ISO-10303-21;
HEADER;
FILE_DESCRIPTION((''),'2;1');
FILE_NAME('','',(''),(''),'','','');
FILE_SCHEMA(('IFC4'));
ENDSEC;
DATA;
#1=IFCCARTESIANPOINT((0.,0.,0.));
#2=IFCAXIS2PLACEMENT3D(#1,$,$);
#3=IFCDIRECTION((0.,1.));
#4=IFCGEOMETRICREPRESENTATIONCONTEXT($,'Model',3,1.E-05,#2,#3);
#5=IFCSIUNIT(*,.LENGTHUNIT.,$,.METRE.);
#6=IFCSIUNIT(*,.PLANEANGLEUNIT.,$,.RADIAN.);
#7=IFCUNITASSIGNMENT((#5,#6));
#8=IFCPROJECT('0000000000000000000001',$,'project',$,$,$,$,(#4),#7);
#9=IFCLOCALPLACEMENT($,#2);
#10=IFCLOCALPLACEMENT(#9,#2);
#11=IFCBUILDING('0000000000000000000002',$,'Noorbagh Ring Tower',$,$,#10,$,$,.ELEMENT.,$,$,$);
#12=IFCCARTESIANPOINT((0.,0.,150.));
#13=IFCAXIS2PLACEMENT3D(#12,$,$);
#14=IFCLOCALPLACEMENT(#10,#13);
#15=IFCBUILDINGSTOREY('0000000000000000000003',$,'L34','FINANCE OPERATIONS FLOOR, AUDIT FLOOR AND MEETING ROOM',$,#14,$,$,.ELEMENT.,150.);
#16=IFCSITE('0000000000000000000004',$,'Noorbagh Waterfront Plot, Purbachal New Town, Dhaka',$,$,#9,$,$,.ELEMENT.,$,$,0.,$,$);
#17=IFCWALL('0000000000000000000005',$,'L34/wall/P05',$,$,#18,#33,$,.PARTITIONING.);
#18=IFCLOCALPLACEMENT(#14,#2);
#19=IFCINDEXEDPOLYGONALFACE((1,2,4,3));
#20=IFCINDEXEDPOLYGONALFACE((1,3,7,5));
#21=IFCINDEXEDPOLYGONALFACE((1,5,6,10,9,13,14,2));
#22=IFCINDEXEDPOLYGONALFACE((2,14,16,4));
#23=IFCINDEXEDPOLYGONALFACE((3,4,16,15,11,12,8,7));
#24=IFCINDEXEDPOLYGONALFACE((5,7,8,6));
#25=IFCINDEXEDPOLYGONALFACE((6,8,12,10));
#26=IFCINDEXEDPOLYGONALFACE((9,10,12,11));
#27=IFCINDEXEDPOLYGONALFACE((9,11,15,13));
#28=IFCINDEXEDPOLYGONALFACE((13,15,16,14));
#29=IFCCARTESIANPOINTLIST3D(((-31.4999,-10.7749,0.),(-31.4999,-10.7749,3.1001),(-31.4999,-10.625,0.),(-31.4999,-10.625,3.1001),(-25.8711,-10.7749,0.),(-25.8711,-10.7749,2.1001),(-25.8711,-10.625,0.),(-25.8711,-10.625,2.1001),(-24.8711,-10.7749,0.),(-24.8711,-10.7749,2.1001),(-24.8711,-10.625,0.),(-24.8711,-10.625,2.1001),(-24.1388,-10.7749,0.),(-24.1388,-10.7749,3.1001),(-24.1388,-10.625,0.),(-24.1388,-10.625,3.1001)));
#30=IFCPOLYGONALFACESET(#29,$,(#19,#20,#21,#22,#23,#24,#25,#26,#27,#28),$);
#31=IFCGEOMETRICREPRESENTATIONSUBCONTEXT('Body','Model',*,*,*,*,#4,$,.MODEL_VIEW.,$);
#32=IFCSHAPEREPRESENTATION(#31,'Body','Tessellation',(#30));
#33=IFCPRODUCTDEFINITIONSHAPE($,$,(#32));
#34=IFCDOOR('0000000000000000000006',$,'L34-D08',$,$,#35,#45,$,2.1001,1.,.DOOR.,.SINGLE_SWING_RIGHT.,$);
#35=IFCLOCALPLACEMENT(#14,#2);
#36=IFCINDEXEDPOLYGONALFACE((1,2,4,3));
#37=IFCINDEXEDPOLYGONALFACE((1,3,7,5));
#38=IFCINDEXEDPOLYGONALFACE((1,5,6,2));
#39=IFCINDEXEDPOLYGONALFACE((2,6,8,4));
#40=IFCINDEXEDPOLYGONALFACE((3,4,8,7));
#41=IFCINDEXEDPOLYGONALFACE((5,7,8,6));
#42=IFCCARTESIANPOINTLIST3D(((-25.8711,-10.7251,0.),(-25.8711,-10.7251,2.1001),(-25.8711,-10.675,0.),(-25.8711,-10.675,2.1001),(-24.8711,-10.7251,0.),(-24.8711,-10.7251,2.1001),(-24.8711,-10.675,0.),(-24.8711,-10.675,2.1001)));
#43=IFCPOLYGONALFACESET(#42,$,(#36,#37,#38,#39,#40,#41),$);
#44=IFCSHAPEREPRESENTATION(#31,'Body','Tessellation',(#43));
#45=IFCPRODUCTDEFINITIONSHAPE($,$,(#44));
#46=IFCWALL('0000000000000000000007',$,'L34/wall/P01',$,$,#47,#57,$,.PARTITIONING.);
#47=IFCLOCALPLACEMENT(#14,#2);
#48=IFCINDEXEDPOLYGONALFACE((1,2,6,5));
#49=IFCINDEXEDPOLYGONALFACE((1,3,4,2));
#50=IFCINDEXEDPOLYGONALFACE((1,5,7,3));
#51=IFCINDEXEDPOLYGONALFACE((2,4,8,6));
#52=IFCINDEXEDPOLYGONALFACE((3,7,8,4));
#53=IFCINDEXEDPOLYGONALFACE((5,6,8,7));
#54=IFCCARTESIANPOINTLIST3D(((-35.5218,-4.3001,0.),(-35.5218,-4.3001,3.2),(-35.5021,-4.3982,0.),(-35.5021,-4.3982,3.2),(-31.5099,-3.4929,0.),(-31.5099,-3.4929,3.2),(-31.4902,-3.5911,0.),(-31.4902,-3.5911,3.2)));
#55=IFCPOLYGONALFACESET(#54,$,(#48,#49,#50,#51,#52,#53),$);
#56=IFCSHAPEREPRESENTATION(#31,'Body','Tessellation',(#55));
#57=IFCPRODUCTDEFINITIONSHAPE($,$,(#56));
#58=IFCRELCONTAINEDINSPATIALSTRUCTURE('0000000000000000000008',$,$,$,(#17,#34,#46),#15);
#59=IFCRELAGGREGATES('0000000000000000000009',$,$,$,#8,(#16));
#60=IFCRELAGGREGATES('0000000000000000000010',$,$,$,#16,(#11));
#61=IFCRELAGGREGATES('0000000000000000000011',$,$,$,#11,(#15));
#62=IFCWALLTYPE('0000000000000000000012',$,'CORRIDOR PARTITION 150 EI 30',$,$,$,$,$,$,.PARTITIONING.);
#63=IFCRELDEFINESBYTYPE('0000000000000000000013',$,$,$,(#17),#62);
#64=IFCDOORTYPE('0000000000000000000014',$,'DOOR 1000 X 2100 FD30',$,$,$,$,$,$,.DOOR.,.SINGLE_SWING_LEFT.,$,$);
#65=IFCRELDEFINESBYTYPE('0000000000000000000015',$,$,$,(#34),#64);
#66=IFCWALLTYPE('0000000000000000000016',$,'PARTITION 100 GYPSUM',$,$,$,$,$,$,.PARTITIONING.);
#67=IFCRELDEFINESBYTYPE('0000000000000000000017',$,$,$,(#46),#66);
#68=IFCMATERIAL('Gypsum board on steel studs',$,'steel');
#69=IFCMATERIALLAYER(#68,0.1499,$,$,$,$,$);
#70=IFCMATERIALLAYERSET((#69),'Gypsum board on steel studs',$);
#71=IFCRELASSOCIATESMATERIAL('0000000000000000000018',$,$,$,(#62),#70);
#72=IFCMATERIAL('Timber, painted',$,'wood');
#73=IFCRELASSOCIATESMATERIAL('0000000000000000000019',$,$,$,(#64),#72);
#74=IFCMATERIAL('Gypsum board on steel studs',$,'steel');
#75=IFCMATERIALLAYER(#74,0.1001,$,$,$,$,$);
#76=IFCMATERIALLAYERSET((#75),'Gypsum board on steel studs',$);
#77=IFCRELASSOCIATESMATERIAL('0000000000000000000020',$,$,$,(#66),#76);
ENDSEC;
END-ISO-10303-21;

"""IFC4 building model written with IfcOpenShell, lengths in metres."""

from ifc_helpers import new_model, si_unit, direction, frame, frame_2d, origin, place, context, subcontext, project, spatial, rectangle, extrude, material, layer, layer_set, type_object, element, fill, save


model = new_model("IFC4")

# Units and contexts
model_context = context("Model", 3, precision=1e-05, world=origin(), true_north=direction((0.0, 1.0)))
body_context = subcontext(model_context, "Body", "Model", "MODEL_VIEW")
ifc_project = project(units=[si_unit("LENGTHUNIT", "METRE"), si_unit("PLANEANGLEUNIT", "RADIAN")], contexts=[model_context])

# Site, building, storey
site_placement = place(None, origin())
site = spatial("IfcSite", under=ifc_project, at=site_placement, Name="Noorbagh Waterfront Plot, Purbachal New Town, Dhaka", CompositionType="ELEMENT", RefElevation=0.0)
building_placement = place(site_placement, origin())
building = spatial("IfcBuilding", under=site, at=building_placement, Name="Noorbagh Ring Tower", CompositionType="ELEMENT")
storey_placement = place(building_placement, frame((0.0, 0.0, 150.0)))
storey = spatial("IfcBuildingStorey", under=building, at=storey_placement, Name="L34", Description="FINANCE OPERATIONS FLOOR, AUDIT FLOOR AND MEETING ROOM", CompositionType="ELEMENT", Elevation=150.0)

# Wall, opening, door
ifc_material_1 = material(Name="Gypsum board on steel studs", Category="steel")
ifc_layer_1 = layer(ifc_material_1, 0.1499)
ifc_layer_set_1 = layer_set([ifc_layer_1], Name="Gypsum board on steel studs")
wall_type_1 = type_object("IfcWallType", Name="CORRIDOR PARTITION 150 EI 30", PredefinedType="PARTITIONING", material=ifc_layer_set_1)
ifc_material_2 = material(Name="Timber, painted", Category="wood")
door_type = type_object("IfcDoorType", Name="DOOR 1000 X 2100 FD30", OperationType="SINGLE_SWING_LEFT", PredefinedType="DOOR", material=ifc_material_2)
wall_1_placement = place(storey_placement, frame((-31.5, -10.7, 0.0), z_axis=(0.0, 0.0, 1.0), x_axis=(1.0, 0.0, 0.0)))
wall_1 = element("IfcWall", 1, at=wall_1_placement, inside=storey, type_object=wall_type_1, Name="L34/wall/P05", PredefinedType="PARTITIONING", context=body_context, shape_type="SweptSolid", body=[
    extrude(rectangle(XDim=7.3611, YDim=0.1499, at=frame_2d((3.6807, 0.0))), origin(), (0.0, 0.0, 1.0), 3.1001),
])
opening_1_placement = place(wall_1_placement, frame((5.6289, 0.0, 0.0)))
opening_1 = element("IfcOpeningElement", 2, at=opening_1_placement, cuts=wall_1, PredefinedType="OPENING", context=body_context, shape_type="SweptSolid", body=[
    extrude(rectangle(XDim=1.0, YDim=2.1001, at=frame_2d((0.5, 1.05))), frame((0.0, 0.085, 0.0), z_axis=(0.0, -1.0, 0.0), x_axis=(1.0, 0.0, 0.0)), (0.0, 0.0, 1.0), 0.1699),
])
door_1_placement = place(opening_1_placement, origin())
door_1 = element("IfcDoor", 3, at=door_1_placement, inside=storey, type_object=door_type, Name="L34-D08", OperationType="SINGLE_SWING_RIGHT", OverallHeight=2.1001, OverallWidth=1.0, PredefinedType="DOOR", context=body_context, shape_type="SweptSolid", body=[
    extrude(rectangle(XDim=1.0, YDim=2.1001, at=frame_2d((0.5, 1.05))), frame((0.0, 0.0249, 0.0), z_axis=(0.0, -1.0, 0.0), x_axis=(1.0, 0.0, 0.0)), (0.0, 0.0, 1.0), 0.05),
])
fill(opening_1, door_1)

# Wall
ifc_material_3 = material(Name="Gypsum board on steel studs", Category="steel")
ifc_layer_2 = layer(ifc_material_3, 0.1001)
ifc_layer_set_2 = layer_set([ifc_layer_2], Name="Gypsum board on steel studs")
wall_type_2 = type_object("IfcWallType", Name="PARTITION 100 GYPSUM", PredefinedType="PARTITIONING", material=ifc_layer_set_2)
wall_2_placement = place(storey_placement, frame((-35.512, -4.3491, 0.0), z_axis=(0.0, 0.0, 1.0), x_axis=(0.980357, 0.197229, 0.0)))
element("IfcWall", 4, at=wall_2_placement, inside=storey, type_object=wall_type_2, Name="L34/wall/P01", PredefinedType="PARTITIONING", context=body_context, shape_type="SweptSolid", body=[
    extrude(rectangle(XDim=4.0923, YDim=0.1001, at=frame_2d((2.0461, 0.0))), origin(), (0.0, 0.0, 1.0), 3.2),
])

save(model, "model.ifc")
